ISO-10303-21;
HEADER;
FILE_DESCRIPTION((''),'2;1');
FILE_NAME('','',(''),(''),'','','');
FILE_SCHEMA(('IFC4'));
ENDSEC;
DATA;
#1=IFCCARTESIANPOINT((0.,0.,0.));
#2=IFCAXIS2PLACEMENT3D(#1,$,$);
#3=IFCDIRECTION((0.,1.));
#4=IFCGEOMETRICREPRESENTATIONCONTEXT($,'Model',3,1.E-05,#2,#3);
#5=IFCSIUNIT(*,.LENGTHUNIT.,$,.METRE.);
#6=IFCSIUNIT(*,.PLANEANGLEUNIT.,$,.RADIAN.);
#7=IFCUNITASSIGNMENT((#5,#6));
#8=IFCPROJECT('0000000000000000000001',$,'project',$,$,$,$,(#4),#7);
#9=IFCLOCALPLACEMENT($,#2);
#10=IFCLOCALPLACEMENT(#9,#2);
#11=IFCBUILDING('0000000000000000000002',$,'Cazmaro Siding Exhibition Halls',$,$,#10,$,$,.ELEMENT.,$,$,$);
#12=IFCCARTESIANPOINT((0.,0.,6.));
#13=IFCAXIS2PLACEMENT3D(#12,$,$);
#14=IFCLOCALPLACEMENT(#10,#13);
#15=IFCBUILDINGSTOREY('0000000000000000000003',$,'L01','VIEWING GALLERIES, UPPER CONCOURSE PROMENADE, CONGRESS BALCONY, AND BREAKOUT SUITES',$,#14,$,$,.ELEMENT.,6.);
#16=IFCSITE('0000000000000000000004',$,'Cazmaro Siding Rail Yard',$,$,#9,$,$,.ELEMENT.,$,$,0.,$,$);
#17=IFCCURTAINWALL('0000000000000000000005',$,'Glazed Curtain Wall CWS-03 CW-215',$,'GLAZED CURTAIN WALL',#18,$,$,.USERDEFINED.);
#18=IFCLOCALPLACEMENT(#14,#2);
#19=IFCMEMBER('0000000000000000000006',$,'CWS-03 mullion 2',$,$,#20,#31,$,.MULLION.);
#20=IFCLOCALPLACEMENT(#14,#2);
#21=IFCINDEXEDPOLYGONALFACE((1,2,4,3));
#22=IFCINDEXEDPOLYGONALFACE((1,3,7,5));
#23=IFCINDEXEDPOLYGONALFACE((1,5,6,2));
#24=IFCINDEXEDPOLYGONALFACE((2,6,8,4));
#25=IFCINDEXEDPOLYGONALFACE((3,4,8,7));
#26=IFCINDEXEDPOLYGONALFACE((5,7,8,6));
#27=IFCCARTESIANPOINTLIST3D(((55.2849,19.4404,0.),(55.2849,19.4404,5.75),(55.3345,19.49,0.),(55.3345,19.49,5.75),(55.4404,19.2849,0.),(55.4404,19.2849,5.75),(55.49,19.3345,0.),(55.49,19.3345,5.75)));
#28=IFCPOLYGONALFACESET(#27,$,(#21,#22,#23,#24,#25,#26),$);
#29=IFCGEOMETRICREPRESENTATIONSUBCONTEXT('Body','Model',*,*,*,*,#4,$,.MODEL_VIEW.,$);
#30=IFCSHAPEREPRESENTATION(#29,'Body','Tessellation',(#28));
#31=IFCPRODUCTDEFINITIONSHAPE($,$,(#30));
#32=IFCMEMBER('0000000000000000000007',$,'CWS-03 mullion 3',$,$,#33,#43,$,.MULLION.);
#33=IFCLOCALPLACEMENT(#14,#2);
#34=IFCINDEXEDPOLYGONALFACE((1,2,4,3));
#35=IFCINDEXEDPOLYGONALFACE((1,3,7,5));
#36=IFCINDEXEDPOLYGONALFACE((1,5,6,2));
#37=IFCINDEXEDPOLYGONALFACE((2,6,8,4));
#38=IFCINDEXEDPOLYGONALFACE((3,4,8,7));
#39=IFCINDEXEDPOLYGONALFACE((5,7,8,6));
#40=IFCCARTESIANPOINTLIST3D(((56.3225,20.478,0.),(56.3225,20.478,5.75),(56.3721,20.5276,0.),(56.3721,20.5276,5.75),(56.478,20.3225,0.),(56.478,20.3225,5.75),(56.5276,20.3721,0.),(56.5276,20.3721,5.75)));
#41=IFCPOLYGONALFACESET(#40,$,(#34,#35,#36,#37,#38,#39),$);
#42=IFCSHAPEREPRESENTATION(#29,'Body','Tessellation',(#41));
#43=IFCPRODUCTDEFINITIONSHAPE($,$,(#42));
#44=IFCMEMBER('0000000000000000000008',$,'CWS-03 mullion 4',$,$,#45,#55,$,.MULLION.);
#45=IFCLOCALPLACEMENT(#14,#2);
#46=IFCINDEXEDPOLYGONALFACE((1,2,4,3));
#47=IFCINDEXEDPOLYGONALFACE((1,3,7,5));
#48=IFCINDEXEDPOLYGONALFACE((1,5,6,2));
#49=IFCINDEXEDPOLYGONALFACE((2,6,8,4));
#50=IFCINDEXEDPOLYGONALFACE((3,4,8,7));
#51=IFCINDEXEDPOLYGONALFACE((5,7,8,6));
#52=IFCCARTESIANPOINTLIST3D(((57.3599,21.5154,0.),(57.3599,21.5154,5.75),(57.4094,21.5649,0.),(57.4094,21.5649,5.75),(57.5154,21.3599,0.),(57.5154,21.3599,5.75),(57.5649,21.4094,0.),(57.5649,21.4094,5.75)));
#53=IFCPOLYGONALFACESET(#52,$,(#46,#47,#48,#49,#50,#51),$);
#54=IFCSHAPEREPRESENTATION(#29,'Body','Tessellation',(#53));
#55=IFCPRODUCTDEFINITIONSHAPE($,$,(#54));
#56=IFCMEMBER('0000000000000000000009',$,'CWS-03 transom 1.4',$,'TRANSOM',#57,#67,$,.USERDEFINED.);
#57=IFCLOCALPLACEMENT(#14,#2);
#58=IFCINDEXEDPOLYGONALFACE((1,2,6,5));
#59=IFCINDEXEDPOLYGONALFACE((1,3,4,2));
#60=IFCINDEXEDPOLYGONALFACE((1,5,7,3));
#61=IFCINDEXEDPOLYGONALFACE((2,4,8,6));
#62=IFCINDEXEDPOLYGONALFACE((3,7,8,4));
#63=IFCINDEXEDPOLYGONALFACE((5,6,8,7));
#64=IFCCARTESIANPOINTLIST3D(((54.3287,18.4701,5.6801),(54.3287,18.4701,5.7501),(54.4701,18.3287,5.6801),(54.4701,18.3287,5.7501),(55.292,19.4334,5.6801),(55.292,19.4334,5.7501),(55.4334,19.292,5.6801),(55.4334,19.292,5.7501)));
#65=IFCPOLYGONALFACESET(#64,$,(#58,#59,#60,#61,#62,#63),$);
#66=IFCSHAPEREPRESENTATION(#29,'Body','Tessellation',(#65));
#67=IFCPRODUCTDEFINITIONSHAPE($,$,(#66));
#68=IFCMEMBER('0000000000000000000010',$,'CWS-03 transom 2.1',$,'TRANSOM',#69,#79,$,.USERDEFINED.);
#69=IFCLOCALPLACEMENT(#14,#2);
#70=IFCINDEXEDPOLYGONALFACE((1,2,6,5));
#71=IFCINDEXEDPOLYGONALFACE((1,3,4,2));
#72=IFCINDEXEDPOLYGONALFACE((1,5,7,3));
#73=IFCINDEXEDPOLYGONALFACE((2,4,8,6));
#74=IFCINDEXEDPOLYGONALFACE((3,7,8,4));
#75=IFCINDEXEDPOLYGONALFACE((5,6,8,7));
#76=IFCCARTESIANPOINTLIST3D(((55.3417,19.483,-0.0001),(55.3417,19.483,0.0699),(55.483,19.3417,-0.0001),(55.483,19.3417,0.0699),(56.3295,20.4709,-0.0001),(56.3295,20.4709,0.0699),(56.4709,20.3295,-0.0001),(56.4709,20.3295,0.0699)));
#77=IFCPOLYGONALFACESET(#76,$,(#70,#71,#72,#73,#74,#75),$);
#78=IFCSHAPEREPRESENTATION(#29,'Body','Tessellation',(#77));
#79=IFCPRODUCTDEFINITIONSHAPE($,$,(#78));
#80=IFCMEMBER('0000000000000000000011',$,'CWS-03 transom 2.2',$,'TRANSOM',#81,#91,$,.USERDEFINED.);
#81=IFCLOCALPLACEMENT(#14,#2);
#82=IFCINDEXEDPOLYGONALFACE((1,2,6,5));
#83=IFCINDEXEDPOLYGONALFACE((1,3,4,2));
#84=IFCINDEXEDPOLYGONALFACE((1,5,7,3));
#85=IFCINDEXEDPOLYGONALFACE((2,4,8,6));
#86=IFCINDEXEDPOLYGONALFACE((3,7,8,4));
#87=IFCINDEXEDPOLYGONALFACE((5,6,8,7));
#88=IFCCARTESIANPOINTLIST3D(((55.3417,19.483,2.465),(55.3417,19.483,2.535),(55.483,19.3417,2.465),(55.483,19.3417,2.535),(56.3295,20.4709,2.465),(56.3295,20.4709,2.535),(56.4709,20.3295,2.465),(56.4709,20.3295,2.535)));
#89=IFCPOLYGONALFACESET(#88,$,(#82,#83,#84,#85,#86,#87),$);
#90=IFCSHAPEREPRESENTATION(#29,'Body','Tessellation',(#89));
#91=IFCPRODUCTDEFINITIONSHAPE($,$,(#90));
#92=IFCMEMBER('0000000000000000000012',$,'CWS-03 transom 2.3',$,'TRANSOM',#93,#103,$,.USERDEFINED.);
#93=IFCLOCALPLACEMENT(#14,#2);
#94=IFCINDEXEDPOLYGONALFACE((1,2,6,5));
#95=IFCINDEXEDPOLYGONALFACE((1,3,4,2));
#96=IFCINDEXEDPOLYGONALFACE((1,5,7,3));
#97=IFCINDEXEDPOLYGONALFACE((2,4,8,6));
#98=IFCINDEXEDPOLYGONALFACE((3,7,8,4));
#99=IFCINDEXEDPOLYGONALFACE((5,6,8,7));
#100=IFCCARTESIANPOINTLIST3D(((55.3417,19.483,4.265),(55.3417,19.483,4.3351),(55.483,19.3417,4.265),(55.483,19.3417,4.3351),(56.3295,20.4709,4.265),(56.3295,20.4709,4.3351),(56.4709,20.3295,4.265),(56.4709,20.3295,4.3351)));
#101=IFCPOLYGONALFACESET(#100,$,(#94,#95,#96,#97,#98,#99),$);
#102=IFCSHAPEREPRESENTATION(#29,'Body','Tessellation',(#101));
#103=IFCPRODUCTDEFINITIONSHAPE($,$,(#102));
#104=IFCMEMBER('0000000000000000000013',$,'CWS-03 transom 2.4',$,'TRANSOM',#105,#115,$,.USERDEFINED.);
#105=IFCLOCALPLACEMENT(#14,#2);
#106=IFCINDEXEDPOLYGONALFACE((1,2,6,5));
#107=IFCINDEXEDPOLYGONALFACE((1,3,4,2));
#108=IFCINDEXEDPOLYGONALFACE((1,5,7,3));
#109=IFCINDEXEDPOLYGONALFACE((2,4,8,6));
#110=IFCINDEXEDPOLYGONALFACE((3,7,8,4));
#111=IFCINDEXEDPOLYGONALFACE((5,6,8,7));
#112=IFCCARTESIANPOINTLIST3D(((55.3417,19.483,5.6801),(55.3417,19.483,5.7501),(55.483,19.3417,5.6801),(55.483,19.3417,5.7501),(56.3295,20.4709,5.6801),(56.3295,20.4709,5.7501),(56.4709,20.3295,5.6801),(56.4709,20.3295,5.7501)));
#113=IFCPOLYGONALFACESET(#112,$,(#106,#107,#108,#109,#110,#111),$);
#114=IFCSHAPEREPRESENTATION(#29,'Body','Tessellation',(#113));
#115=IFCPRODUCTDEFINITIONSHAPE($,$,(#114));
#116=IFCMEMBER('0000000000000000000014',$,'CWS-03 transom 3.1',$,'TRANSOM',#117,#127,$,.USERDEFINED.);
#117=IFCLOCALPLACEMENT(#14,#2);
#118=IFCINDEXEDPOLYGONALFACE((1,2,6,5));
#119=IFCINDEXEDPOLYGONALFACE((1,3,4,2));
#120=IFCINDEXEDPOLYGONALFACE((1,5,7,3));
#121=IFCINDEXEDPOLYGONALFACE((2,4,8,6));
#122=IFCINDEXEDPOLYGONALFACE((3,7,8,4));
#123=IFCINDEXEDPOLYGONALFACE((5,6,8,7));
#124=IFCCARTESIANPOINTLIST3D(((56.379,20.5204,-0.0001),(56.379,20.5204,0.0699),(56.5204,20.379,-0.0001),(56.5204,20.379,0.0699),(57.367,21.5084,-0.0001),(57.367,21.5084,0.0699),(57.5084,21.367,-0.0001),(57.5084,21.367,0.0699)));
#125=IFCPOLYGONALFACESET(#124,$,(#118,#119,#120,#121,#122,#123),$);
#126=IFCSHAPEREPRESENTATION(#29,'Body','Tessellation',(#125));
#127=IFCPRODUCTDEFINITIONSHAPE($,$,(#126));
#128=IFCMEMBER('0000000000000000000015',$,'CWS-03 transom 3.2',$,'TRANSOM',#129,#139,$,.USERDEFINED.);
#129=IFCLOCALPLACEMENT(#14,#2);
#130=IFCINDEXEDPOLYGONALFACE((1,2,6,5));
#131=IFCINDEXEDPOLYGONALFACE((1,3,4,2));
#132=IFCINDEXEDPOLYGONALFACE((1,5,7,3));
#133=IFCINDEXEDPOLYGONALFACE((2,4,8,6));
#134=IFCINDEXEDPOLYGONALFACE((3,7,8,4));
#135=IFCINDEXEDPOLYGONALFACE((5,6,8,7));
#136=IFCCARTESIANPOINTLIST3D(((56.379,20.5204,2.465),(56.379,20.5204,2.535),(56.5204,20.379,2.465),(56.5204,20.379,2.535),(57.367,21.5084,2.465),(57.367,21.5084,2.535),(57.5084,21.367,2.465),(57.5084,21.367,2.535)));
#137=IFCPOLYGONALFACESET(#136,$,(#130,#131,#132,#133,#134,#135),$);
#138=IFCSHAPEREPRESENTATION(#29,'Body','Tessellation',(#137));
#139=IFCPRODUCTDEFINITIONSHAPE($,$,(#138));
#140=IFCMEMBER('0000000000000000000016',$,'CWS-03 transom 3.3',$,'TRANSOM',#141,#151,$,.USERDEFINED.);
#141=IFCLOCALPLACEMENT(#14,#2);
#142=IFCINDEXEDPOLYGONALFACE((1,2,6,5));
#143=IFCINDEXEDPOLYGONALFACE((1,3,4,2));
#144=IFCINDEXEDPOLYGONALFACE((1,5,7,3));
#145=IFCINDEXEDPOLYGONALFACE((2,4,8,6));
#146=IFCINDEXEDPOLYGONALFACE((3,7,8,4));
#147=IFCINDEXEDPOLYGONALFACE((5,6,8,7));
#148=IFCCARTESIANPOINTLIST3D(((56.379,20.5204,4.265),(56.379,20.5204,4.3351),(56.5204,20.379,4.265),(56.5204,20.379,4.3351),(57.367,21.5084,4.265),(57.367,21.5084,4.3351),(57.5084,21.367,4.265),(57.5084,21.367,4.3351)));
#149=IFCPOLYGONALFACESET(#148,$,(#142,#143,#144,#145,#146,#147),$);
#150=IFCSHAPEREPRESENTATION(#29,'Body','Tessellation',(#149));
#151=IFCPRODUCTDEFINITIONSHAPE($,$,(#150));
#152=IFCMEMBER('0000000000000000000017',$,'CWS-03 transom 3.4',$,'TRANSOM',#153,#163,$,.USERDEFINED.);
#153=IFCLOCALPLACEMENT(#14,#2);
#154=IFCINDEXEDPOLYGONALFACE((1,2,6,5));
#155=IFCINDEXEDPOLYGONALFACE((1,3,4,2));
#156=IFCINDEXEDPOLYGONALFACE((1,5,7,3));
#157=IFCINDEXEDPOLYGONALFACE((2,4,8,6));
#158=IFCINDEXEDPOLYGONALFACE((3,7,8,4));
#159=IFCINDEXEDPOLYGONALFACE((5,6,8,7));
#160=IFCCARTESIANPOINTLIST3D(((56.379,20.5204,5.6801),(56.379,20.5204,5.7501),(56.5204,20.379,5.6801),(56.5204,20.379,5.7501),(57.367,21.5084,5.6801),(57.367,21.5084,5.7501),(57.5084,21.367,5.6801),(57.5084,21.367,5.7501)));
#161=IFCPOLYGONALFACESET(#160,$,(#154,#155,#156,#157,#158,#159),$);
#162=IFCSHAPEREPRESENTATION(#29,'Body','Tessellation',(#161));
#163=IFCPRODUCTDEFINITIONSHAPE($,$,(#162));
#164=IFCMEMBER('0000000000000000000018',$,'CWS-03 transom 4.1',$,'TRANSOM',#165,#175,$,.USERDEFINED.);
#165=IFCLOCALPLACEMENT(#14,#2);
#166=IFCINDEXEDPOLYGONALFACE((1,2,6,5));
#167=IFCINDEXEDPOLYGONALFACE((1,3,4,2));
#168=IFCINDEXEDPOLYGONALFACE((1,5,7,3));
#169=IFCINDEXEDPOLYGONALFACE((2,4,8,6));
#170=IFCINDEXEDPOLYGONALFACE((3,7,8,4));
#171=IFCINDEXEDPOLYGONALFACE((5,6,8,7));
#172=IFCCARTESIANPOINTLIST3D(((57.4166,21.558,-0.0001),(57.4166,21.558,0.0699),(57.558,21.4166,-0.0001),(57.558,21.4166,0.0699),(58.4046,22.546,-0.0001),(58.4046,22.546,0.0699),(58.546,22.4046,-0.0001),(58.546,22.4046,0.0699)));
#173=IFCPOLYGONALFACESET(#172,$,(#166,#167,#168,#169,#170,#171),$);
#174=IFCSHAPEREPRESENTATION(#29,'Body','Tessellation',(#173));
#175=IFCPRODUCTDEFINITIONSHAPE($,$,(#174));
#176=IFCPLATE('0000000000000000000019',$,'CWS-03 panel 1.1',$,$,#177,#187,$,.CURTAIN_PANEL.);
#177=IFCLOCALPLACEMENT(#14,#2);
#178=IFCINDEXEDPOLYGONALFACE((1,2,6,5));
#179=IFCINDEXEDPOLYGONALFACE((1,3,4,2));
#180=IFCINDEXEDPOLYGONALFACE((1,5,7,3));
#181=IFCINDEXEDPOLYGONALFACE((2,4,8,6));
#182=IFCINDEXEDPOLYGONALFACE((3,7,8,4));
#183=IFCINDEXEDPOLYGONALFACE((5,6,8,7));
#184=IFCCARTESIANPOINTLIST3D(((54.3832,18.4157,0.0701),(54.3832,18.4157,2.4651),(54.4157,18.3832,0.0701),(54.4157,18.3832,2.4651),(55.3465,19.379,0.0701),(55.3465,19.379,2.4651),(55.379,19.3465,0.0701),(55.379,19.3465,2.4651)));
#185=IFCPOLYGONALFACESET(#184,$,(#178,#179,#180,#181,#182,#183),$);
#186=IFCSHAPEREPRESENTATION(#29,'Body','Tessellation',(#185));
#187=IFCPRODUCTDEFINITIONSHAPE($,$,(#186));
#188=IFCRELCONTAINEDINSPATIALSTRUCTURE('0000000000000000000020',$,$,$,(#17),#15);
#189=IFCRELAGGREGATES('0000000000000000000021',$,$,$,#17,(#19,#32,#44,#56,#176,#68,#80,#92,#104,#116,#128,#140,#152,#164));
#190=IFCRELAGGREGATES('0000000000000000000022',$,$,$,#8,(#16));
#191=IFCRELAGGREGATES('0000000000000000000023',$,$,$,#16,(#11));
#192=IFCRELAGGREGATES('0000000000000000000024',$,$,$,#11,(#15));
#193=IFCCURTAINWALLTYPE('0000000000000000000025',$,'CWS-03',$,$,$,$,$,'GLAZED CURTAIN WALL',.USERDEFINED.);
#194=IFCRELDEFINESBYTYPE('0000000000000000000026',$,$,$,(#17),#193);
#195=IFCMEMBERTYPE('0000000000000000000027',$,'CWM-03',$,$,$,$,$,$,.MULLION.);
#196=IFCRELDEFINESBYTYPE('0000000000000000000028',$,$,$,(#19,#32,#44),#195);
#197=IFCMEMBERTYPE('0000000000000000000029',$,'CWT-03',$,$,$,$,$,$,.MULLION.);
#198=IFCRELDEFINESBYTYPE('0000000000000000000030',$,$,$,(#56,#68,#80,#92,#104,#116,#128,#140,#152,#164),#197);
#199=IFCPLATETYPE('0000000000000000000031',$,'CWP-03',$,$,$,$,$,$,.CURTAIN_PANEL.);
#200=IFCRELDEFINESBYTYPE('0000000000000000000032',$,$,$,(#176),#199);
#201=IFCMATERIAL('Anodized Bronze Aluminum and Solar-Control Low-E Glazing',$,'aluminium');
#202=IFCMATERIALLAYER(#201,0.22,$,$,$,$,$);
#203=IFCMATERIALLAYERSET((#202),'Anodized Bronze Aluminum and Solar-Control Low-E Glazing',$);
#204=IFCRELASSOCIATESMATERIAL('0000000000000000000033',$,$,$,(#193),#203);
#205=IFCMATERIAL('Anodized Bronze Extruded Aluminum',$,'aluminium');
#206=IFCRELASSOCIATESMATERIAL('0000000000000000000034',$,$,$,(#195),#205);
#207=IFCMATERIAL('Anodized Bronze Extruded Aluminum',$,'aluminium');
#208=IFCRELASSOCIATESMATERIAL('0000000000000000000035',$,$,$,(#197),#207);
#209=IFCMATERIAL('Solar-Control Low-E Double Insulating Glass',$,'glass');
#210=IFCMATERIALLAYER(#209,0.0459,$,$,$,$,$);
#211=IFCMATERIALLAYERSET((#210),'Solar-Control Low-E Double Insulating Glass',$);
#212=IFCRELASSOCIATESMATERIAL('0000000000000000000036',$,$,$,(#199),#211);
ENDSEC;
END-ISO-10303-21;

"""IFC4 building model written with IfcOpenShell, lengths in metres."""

from ifc_helpers import new_model, si_unit, direction, frame, origin, origin_2d, place, context, subcontext, project, spatial, rectangle, extrude, material, layer, layer_set, material_profile, profile_set, type_object, element, aggregate, save


model = new_model("IFC4")

# Units and contexts
model_context = context("Model", 3, precision=1e-05, world=origin(), true_north=direction((0.0, 1.0)))
body_context = subcontext(model_context, "Body", "Model", "MODEL_VIEW")
ifc_project = project(units=[si_unit("LENGTHUNIT", "METRE"), si_unit("PLANEANGLEUNIT", "RADIAN")], contexts=[model_context])

# Site, building, storey
site_placement = place(None, origin())
site = spatial("IfcSite", under=ifc_project, at=site_placement, Name="Cazmaro Siding Rail Yard", CompositionType="ELEMENT", RefElevation=0.0)
building_placement = place(site_placement, origin())
building = spatial("IfcBuilding", under=site, at=building_placement, Name="Cazmaro Siding Exhibition Halls", CompositionType="ELEMENT")
storey_placement = place(building_placement, frame((0.0, 0.0, 6.0)))
storey = spatial("IfcBuildingStorey", under=building, at=storey_placement, Name="L01", Description="VIEWING GALLERIES, UPPER CONCOURSE PROMENADE, CONGRESS BALCONY, AND BREAKOUT SUITES", CompositionType="ELEMENT", Elevation=6.0)

# Curtain wall, members, plate
ifc_material_1 = material(Name="Anodized Bronze Aluminum and Solar-Control Low-E Glazing", Category="aluminium")
ifc_layer_1 = layer(ifc_material_1, 0.22)
ifc_layer_set_1 = layer_set([ifc_layer_1], Name="Anodized Bronze Aluminum and Solar-Control Low-E Glazing")
curtain_wall_type = type_object("IfcCurtainWallType", Name="CWS-03", ElementType="GLAZED CURTAIN WALL", PredefinedType="USERDEFINED", material=ifc_layer_set_1)
curtain_wall_placement = place(storey_placement, origin())
curtain_wall = element("IfcCurtainWall", 1, at=curtain_wall_placement, inside=storey, type_object=curtain_wall_type, Name="Glazed Curtain Wall CWS-03 CW-215", ObjectType="GLAZED CURTAIN WALL", PredefinedType="USERDEFINED")
ifc_material_2 = material(Name="Anodized Bronze Extruded Aluminum", Category="aluminium")
ifc_material_profile_1 = material_profile(ifc_material_2, rectangle(XDim=0.22, YDim=0.0701, at=origin_2d()), Name="CWM-03")
ifc_profile_set_1 = profile_set([ifc_material_profile_1], Name="Anodized Bronze Extruded Aluminum")
member_type_1 = type_object("IfcMemberType", Name="CWM-03", PredefinedType="MULLION", material=ifc_profile_set_1)
member_1_placement = place(storey_placement, frame((55.3875, 19.3875, 0.0), z_axis=(0.0, 0.0, 1.0), x_axis=(-0.707107, 0.707107, 0.0)))
member_1 = element("IfcMember", 2, at=member_1_placement, type_object=member_type_1, Name="CWS-03 mullion 2", PredefinedType="MULLION", context=body_context, shape_type="SweptSolid", body=[
    extrude(rectangle(XDim=0.22, YDim=0.0701, at=origin_2d()), origin(), (0.0, 0.0, 1.0), 5.75),
])
member_2_placement = place(storey_placement, frame((56.425, 20.425, 0.0), z_axis=(0.0, 0.0, 1.0), x_axis=(-0.707107, 0.707107, 0.0)))
member_2 = element("IfcMember", 3, at=member_2_placement, type_object=member_type_1, Name="CWS-03 mullion 3", PredefinedType="MULLION", context=body_context, shape_type="SweptSolid", body=[
    extrude(rectangle(XDim=0.22, YDim=0.0701, at=origin_2d()), origin(), (0.0, 0.0, 1.0), 5.75),
])
member_3_placement = place(storey_placement, frame((57.4624, 21.4624, 0.0), z_axis=(0.0, 0.0, 1.0), x_axis=(-0.707107, 0.707107, 0.0)))
member_3 = element("IfcMember", 4, at=member_3_placement, type_object=member_type_1, Name="CWS-03 mullion 4", PredefinedType="MULLION", context=body_context, shape_type="SweptSolid", body=[
    extrude(rectangle(XDim=0.22, YDim=0.0701, at=origin_2d()), origin(), (0.0, 0.0, 1.0), 5.75),
])
ifc_material_3 = material(Name="Anodized Bronze Extruded Aluminum", Category="aluminium")
ifc_material_profile_2 = material_profile(ifc_material_3, rectangle(XDim=0.2, YDim=0.0701, at=origin_2d()), Name="CWT-03")
ifc_profile_set_2 = profile_set([ifc_material_profile_2], Name="Anodized Bronze Extruded Aluminum")
member_type_2 = type_object("IfcMemberType", Name="CWT-03", PredefinedType="MULLION", material=ifc_profile_set_2)
member_4_placement = place(storey_placement, frame((54.3994, 18.3994, 5.7151), z_axis=(0.707107, 0.707107, 0.0), x_axis=(-0.707107, 0.707107, 0.0)))
member_4 = element("IfcMember", 5, at=member_4_placement, type_object=member_type_2, Name="CWS-03 transom 1.4", ObjectType="TRANSOM", PredefinedType="USERDEFINED", context=body_context, shape_type="SweptSolid", body=[
    extrude(rectangle(XDim=0.2, YDim=0.0701, at=origin_2d()), origin(), (0.0, 0.0, 1.0), 1.3623),
])
member_5_placement = place(storey_placement, frame((55.4124, 19.4124, 0.0349), z_axis=(0.707107, 0.707107, 0.0), x_axis=(-0.707107, 0.707107, 0.0)))
member_5 = element("IfcMember", 6, at=member_5_placement, type_object=member_type_2, Name="CWS-03 transom 2.1", ObjectType="TRANSOM", PredefinedType="USERDEFINED", context=body_context, shape_type="SweptSolid", body=[
    extrude(rectangle(XDim=0.2, YDim=0.0701, at=origin_2d()), origin(), (0.0, 0.0, 1.0), 1.397),
])
member_6_placement = place(storey_placement, frame((55.4124, 19.4124, 2.5), z_axis=(0.707107, 0.707107, 0.0), x_axis=(-0.707107, 0.707107, 0.0)))
member_6 = element("IfcMember", 7, at=member_6_placement, type_object=member_type_2, Name="CWS-03 transom 2.2", ObjectType="TRANSOM", PredefinedType="USERDEFINED", context=body_context, shape_type="SweptSolid", body=[
    extrude(rectangle(XDim=0.2, YDim=0.0701, at=origin_2d()), origin(), (0.0, 0.0, 1.0), 1.397),
])
member_7_placement = place(storey_placement, frame((55.4124, 19.4124, 4.3), z_axis=(0.707107, 0.707107, 0.0), x_axis=(-0.707107, 0.707107, 0.0)))
member_7 = element("IfcMember", 8, at=member_7_placement, type_object=member_type_2, Name="CWS-03 transom 2.3", ObjectType="TRANSOM", PredefinedType="USERDEFINED", context=body_context, shape_type="SweptSolid", body=[
    extrude(rectangle(XDim=0.2, YDim=0.0701, at=origin_2d()), origin(), (0.0, 0.0, 1.0), 1.397),
])
member_8_placement = place(storey_placement, frame((55.4124, 19.4124, 5.7151), z_axis=(0.707107, 0.707107, 0.0), x_axis=(-0.707107, 0.707107, 0.0)))
member_8 = element("IfcMember", 9, at=member_8_placement, type_object=member_type_2, Name="CWS-03 transom 2.4", ObjectType="TRANSOM", PredefinedType="USERDEFINED", context=body_context, shape_type="SweptSolid", body=[
    extrude(rectangle(XDim=0.2, YDim=0.0701, at=origin_2d()), origin(), (0.0, 0.0, 1.0), 1.397),
])
member_9_placement = place(storey_placement, frame((56.4497, 20.4497, 0.0349), z_axis=(0.707107, 0.707107, 0.0), x_axis=(-0.707107, 0.707107, 0.0)))
member_9 = element("IfcMember", 10, at=member_9_placement, type_object=member_type_2, Name="CWS-03 transom 3.1", ObjectType="TRANSOM", PredefinedType="USERDEFINED", context=body_context, shape_type="SweptSolid", body=[
    extrude(rectangle(XDim=0.2, YDim=0.0701, at=origin_2d()), origin(), (0.0, 0.0, 1.0), 1.3972),
])
member_10_placement = place(storey_placement, frame((56.4497, 20.4497, 2.5), z_axis=(0.707107, 0.707107, 0.0), x_axis=(-0.707107, 0.707107, 0.0)))
member_10 = element("IfcMember", 11, at=member_10_placement, type_object=member_type_2, Name="CWS-03 transom 3.2", ObjectType="TRANSOM", PredefinedType="USERDEFINED", context=body_context, shape_type="SweptSolid", body=[
    extrude(rectangle(XDim=0.2, YDim=0.0701, at=origin_2d()), origin(), (0.0, 0.0, 1.0), 1.3972),
])
member_11_placement = place(storey_placement, frame((56.4497, 20.4497, 4.3), z_axis=(0.707107, 0.707107, 0.0), x_axis=(-0.707107, 0.707107, 0.0)))
member_11 = element("IfcMember", 12, at=member_11_placement, type_object=member_type_2, Name="CWS-03 transom 3.3", ObjectType="TRANSOM", PredefinedType="USERDEFINED", context=body_context, shape_type="SweptSolid", body=[
    extrude(rectangle(XDim=0.2, YDim=0.0701, at=origin_2d()), origin(), (0.0, 0.0, 1.0), 1.3972),
])
member_12_placement = place(storey_placement, frame((56.4497, 20.4497, 5.7151), z_axis=(0.707107, 0.707107, 0.0), x_axis=(-0.707107, 0.707107, 0.0)))
member_12 = element("IfcMember", 13, at=member_12_placement, type_object=member_type_2, Name="CWS-03 transom 3.4", ObjectType="TRANSOM", PredefinedType="USERDEFINED", context=body_context, shape_type="SweptSolid", body=[
    extrude(rectangle(XDim=0.2, YDim=0.0701, at=origin_2d()), origin(), (0.0, 0.0, 1.0), 1.3972),
])
member_13_placement = place(storey_placement, frame((57.4873, 21.4873, 0.0349), z_axis=(0.707107, 0.707107, 0.0), x_axis=(-0.707107, 0.707107, 0.0)))
member_13 = element("IfcMember", 14, at=member_13_placement, type_object=member_type_2, Name="CWS-03 transom 4.1", ObjectType="TRANSOM", PredefinedType="USERDEFINED", context=body_context, shape_type="SweptSolid", body=[
    extrude(rectangle(XDim=0.2, YDim=0.0701, at=origin_2d()), origin(), (0.0, 0.0, 1.0), 1.3972),
])
ifc_material_4 = material(Name="Solar-Control Low-E Double Insulating Glass", Category="glass")
ifc_layer_2 = layer(ifc_material_4, 0.0459)
ifc_layer_set_2 = layer_set([ifc_layer_2], Name="Solar-Control Low-E Double Insulating Glass")
plate_type = type_object("IfcPlateType", Name="CWP-03", PredefinedType="CURTAIN_PANEL", material=ifc_layer_set_2)
plate_1_placement = place(storey_placement, frame((54.8811, 18.8811, 0.0701), z_axis=(0.0, 0.0, 1.0), x_axis=(0.707107, 0.707107, 0.0)))
plate_1 = element("IfcPlate", 15, at=plate_1_placement, type_object=plate_type, Name="CWS-03 panel 1.1", PredefinedType="CURTAIN_PANEL", context=body_context, shape_type="SweptSolid", body=[
    extrude(rectangle(XDim=1.3623, YDim=0.0459, at=origin_2d()), origin(), (0.0, 0.0, 1.0), 2.395),
])
aggregate(curtain_wall, [member_1, member_2, member_3, member_4, plate_1, member_5, member_6, member_7, member_8, member_9, member_10, member_11, member_12, member_13])

save(model, "model.ifc")
